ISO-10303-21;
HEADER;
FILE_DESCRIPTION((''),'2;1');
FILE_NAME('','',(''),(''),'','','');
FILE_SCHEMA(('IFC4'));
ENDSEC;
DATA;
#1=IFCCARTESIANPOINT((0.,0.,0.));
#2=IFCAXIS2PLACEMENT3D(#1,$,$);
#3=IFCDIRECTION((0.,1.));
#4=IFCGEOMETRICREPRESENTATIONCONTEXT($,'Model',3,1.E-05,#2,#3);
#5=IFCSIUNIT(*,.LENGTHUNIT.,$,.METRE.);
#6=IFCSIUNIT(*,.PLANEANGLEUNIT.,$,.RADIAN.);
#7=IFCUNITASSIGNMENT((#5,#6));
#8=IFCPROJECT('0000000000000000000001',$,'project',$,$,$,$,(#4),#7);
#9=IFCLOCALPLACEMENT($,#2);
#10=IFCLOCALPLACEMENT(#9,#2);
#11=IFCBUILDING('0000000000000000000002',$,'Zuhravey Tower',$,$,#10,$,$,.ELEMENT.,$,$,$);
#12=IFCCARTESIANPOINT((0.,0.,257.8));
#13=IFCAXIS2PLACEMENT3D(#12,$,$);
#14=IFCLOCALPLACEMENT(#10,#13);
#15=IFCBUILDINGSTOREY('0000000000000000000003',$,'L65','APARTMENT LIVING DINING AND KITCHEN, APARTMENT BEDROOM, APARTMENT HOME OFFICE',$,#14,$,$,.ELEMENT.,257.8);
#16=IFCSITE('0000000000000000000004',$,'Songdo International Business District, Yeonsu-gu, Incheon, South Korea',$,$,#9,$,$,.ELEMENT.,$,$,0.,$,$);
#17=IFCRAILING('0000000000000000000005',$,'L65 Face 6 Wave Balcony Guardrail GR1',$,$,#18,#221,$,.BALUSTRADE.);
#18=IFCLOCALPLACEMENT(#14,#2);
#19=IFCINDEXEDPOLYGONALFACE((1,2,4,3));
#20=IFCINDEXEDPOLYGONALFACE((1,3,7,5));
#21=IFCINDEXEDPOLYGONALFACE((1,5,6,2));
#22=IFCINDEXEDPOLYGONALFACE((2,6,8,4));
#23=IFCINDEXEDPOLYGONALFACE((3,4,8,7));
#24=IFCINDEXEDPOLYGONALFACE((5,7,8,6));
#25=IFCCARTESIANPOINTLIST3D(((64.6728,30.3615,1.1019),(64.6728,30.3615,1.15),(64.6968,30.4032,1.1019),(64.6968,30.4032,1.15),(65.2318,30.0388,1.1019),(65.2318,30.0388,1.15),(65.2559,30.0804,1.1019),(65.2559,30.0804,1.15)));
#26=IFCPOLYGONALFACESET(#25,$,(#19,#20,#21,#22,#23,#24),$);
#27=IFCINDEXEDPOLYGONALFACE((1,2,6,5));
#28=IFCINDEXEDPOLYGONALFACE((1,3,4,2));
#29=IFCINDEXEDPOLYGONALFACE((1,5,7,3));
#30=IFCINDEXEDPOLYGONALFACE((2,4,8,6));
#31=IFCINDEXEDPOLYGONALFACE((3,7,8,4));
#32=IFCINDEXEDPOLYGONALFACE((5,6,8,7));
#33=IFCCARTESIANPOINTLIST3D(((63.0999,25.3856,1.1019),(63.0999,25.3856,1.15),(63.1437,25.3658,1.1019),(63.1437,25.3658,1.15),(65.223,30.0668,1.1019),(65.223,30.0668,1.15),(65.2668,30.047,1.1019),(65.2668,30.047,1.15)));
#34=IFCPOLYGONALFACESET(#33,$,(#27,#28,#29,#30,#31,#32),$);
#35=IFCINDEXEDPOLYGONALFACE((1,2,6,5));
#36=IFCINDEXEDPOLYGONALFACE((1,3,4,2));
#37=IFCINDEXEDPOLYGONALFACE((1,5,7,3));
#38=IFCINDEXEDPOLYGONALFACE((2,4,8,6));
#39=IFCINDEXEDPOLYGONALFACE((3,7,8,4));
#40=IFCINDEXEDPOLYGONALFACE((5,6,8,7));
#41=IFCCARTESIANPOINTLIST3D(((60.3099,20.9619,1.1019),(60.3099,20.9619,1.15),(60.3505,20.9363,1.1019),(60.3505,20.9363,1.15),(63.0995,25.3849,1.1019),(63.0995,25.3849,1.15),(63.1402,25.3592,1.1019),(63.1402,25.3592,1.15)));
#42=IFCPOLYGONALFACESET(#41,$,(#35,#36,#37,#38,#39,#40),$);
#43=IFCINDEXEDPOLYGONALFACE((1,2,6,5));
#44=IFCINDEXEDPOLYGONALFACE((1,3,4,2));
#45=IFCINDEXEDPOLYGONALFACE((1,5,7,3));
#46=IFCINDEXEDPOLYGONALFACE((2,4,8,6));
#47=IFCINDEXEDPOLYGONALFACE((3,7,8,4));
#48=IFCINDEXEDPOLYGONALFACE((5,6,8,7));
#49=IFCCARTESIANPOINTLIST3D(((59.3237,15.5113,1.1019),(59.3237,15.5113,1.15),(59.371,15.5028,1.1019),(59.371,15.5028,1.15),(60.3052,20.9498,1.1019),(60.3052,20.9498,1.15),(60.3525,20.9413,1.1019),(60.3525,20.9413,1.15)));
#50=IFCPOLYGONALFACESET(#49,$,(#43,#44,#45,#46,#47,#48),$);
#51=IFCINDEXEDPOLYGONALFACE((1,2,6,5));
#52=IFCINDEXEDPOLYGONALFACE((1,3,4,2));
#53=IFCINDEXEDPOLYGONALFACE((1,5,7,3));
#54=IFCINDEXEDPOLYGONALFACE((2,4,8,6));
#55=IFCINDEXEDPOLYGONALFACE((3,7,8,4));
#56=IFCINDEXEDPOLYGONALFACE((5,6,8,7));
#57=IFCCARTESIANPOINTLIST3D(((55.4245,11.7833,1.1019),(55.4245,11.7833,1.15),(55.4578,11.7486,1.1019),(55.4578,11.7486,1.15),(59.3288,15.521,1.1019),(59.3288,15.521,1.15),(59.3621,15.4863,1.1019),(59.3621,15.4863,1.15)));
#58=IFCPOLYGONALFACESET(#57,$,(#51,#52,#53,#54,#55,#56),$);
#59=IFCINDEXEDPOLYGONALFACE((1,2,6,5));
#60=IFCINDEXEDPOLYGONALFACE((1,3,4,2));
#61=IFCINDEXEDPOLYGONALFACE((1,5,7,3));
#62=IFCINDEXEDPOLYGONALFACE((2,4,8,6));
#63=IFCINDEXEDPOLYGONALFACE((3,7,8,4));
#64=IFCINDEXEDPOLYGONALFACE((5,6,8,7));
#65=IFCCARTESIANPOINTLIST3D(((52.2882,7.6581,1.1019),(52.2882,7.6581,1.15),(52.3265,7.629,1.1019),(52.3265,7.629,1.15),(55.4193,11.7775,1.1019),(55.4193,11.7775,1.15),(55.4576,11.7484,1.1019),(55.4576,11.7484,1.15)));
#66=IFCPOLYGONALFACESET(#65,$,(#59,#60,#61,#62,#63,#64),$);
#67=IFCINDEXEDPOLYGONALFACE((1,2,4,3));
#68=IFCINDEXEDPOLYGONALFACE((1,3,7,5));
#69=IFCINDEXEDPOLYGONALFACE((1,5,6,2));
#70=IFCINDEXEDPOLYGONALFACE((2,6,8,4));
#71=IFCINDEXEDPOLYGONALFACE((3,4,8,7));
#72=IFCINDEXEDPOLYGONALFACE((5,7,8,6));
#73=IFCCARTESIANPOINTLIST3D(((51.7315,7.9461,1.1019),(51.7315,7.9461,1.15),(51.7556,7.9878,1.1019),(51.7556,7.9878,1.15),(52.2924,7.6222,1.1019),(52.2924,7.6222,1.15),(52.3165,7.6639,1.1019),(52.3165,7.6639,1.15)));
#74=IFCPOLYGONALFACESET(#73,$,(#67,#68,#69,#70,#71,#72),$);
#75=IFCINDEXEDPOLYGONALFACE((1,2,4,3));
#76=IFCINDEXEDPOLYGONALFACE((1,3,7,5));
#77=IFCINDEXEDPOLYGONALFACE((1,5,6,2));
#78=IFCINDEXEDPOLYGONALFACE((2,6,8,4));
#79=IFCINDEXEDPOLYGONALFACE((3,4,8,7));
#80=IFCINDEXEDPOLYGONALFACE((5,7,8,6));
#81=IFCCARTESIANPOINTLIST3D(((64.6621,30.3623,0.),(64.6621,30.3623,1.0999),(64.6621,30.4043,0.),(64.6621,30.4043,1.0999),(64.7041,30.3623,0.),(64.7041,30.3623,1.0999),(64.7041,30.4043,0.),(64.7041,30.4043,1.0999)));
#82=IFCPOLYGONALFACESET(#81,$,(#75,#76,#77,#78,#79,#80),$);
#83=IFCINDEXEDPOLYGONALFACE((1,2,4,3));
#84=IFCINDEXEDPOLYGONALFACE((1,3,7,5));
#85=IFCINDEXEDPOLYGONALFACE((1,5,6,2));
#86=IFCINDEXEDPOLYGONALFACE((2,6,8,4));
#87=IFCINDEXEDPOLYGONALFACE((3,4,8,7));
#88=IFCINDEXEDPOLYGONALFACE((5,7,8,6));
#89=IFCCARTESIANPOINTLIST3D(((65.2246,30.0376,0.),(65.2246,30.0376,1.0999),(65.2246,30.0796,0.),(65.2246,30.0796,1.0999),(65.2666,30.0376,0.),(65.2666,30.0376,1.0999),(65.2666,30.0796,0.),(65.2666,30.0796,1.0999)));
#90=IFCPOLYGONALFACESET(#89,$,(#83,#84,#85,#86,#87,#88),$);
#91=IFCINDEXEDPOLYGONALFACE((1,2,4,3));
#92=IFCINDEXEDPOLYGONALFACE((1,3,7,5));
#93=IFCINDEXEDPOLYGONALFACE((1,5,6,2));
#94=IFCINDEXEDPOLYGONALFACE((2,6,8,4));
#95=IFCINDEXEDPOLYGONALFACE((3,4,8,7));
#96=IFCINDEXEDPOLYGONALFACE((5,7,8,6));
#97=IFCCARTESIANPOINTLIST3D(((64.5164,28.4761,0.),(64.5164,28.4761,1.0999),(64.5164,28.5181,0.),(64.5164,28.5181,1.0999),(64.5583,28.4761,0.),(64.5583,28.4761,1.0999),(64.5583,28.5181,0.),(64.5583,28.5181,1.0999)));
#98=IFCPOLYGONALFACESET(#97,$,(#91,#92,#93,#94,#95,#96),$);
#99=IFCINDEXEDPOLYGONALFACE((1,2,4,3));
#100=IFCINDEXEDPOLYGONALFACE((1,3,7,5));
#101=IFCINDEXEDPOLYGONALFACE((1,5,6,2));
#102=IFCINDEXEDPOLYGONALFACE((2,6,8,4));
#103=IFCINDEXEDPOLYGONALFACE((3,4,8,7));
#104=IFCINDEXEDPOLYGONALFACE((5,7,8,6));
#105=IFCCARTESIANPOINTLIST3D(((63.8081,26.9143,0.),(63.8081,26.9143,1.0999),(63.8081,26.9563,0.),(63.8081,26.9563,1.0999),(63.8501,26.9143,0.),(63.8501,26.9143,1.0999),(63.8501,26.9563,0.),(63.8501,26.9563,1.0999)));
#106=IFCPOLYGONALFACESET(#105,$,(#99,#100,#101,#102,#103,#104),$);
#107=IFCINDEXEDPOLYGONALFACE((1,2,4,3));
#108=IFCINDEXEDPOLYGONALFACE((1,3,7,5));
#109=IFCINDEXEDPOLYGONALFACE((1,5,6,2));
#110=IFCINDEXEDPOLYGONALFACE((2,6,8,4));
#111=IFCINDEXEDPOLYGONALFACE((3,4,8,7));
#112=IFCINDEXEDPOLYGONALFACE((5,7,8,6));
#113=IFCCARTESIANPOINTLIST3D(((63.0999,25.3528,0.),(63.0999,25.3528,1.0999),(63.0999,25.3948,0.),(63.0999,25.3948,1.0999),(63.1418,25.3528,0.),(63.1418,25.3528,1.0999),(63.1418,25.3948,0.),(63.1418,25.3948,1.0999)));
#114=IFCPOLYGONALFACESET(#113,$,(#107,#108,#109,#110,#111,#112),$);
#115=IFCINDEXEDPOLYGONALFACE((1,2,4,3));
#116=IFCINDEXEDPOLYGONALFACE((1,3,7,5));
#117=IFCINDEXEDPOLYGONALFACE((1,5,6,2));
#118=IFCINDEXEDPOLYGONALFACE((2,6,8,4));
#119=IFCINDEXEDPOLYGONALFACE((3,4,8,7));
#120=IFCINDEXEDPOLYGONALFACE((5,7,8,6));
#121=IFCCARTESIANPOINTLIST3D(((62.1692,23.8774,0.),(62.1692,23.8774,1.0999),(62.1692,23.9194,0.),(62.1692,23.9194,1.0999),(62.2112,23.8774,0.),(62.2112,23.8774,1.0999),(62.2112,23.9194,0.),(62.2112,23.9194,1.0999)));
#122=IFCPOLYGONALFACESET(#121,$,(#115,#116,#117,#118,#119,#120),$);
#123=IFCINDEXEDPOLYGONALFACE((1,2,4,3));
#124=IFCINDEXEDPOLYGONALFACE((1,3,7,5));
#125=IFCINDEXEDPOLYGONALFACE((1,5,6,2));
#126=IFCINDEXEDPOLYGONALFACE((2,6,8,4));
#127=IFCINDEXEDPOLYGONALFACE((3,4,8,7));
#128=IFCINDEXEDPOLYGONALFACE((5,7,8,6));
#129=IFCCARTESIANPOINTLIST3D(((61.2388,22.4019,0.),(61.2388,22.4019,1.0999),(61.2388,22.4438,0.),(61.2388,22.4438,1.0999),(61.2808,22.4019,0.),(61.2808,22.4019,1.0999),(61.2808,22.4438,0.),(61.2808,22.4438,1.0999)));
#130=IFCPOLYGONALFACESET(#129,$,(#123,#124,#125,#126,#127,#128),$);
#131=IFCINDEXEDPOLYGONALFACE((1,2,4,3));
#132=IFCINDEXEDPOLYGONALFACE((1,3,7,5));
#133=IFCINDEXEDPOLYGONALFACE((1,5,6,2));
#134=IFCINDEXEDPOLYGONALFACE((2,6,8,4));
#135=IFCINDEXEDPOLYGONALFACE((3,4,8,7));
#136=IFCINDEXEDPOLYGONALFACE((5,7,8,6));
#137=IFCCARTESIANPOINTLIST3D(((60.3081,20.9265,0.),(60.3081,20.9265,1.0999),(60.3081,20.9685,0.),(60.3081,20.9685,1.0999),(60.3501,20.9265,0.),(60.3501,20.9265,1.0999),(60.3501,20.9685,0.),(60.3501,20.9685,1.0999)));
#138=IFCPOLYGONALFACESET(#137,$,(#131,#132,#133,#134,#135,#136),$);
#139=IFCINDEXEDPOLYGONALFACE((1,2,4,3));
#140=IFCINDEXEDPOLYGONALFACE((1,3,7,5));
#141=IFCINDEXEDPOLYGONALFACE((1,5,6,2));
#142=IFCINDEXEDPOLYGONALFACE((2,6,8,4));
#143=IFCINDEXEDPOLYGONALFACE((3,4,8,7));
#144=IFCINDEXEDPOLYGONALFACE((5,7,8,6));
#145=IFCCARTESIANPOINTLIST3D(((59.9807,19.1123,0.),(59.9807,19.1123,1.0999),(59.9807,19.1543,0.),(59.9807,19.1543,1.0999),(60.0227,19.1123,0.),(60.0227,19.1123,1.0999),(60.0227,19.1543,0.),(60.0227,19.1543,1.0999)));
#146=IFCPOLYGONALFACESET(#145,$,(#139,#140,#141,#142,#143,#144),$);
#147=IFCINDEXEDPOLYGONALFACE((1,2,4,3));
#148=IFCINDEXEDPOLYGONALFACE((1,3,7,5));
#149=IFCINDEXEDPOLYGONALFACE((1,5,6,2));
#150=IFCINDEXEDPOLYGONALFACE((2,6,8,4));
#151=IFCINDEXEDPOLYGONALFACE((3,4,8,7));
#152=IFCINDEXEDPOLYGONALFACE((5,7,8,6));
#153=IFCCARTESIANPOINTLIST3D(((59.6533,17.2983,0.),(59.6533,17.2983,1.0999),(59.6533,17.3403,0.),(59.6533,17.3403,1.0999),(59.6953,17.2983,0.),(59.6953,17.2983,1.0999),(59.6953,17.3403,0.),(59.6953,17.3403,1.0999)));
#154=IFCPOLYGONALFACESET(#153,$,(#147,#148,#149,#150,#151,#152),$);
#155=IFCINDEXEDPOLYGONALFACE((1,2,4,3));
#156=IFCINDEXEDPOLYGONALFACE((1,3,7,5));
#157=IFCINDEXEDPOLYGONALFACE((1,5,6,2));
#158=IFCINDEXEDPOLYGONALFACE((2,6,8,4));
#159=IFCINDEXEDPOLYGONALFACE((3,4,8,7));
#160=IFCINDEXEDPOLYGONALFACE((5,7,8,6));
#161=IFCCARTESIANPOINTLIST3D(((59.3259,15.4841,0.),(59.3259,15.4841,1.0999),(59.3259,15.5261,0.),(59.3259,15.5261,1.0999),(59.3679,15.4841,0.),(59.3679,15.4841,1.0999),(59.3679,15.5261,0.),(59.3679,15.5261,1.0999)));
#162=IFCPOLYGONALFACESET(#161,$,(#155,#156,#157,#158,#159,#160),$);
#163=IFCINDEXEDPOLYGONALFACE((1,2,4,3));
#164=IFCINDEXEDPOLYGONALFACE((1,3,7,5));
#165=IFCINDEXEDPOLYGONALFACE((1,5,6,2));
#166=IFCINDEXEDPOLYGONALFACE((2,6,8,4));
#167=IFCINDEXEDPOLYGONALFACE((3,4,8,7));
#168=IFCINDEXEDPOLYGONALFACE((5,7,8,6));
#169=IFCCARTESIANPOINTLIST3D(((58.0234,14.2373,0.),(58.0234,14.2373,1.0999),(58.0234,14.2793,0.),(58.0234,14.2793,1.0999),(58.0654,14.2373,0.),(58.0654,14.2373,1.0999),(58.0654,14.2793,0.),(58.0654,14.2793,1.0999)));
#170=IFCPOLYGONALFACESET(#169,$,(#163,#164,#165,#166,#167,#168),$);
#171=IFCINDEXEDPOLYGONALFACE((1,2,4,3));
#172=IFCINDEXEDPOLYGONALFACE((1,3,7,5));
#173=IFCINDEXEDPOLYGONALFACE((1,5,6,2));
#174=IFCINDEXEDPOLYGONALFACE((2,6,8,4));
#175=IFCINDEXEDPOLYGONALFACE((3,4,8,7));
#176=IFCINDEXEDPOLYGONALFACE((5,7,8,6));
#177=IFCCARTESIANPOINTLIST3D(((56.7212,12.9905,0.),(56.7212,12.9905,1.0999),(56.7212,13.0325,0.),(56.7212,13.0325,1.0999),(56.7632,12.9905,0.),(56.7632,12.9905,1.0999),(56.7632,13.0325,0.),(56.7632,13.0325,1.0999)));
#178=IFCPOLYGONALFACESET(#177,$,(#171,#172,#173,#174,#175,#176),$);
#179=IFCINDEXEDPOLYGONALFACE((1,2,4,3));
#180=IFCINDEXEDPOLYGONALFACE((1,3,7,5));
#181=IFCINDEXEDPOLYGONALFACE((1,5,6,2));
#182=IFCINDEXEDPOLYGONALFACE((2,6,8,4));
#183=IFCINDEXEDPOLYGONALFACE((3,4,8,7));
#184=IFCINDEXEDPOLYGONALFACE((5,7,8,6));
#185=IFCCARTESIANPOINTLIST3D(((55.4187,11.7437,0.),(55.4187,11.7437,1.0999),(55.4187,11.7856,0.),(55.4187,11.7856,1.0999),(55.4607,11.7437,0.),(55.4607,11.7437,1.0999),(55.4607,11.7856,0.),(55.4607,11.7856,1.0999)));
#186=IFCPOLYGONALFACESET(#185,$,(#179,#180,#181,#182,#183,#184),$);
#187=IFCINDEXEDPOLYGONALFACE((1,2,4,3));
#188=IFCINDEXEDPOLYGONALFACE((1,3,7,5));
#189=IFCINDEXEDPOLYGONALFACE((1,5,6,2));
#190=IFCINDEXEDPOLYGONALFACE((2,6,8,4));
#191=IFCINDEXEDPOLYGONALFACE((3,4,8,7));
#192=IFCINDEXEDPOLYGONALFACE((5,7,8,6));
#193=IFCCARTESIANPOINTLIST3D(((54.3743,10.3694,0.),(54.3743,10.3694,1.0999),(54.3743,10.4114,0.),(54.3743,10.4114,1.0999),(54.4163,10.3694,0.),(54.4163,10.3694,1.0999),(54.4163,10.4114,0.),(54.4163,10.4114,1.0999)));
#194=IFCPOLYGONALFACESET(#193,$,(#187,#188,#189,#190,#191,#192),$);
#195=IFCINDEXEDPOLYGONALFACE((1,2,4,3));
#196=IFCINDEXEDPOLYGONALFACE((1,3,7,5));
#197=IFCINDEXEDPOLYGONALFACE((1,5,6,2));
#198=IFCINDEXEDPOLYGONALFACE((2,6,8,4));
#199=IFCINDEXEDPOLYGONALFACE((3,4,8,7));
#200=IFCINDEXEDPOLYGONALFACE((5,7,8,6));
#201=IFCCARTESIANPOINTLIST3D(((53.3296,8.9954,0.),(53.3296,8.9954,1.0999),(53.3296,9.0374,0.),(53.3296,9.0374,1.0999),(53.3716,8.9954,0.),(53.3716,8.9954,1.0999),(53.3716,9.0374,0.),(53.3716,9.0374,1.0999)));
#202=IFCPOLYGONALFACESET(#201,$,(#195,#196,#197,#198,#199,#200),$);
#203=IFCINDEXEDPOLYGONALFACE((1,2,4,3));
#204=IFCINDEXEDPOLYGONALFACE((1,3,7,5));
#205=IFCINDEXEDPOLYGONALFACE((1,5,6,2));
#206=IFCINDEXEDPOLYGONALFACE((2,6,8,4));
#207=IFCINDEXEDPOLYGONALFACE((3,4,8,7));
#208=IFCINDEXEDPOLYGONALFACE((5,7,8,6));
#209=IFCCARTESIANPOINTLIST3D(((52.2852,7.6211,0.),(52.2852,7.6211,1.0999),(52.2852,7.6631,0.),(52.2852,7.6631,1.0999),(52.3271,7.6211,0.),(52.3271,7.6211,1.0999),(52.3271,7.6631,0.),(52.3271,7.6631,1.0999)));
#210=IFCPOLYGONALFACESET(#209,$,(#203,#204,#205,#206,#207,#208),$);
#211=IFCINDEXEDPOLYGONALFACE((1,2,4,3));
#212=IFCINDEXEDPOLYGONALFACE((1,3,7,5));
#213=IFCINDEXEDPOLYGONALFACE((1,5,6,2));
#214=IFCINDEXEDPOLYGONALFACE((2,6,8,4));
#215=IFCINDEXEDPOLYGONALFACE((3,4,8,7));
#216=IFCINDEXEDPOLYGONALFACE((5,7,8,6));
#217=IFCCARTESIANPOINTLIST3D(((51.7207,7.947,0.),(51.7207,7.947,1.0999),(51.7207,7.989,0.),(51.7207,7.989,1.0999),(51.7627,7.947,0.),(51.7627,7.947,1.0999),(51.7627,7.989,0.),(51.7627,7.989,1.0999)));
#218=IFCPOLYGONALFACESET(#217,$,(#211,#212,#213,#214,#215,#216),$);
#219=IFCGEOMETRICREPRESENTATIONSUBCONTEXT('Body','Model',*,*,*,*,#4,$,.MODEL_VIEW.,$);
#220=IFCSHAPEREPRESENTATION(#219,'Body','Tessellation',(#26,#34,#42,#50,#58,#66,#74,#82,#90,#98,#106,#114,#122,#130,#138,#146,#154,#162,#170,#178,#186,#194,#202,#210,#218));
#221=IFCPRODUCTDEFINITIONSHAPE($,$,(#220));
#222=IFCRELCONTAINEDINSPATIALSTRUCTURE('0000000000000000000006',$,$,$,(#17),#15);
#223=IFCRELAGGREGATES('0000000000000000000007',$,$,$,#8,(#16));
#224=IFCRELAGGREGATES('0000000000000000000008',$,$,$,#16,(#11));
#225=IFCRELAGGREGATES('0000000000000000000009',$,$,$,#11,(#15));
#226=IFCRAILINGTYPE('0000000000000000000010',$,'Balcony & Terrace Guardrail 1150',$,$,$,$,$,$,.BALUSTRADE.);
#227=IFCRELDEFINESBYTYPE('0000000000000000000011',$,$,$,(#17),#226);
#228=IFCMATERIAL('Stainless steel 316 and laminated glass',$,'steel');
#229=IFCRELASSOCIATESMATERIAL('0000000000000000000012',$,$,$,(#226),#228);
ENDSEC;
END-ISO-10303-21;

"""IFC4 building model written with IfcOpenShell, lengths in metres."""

from ifc_helpers import new_model, si_unit, direction, frame, origin, origin_2d, place, context, subcontext, project, spatial, rectangle, extrude, material, type_object, element, save


model = new_model("IFC4")

# Units and contexts
model_context = context("Model", 3, precision=1e-05, world=origin(), true_north=direction((0.0, 1.0)))
body_context = subcontext(model_context, "Body", "Model", "MODEL_VIEW")
ifc_project = project(units=[si_unit("LENGTHUNIT", "METRE"), si_unit("PLANEANGLEUNIT", "RADIAN")], contexts=[model_context])

# Site, building, storey
site_placement = place(None, origin())
site = spatial("IfcSite", under=ifc_project, at=site_placement, Name="Songdo International Business District, Yeonsu-gu, Incheon, South Korea", CompositionType="ELEMENT", RefElevation=0.0)
building_placement = place(site_placement, origin())
building = spatial("IfcBuilding", under=site, at=building_placement, Name="Zuhravey Tower", CompositionType="ELEMENT")
storey_placement = place(building_placement, frame((0.0, 0.0, 257.8)))
storey = spatial("IfcBuildingStorey", under=building, at=storey_placement, Name="L65", Description="APARTMENT LIVING DINING AND KITCHEN, APARTMENT BEDROOM, APARTMENT HOME OFFICE", CompositionType="ELEMENT", Elevation=257.8)

# Railing
ifc_material_1 = material(Name="Stainless steel 316 and laminated glass", Category="steel")
railing_type = type_object("IfcRailingType", Name="Balcony & Terrace Guardrail 1150", PredefinedType="BALUSTRADE", material=ifc_material_1)
railing_placement = place(storey_placement, frame((64.6831, 30.3833, 0.0)))
element("IfcRailing", 1, at=railing_placement, inside=storey, type_object=railing_type, Name="L65 Face 6 Wave Balcony Guardrail GR1", PredefinedType="BALUSTRADE", context=body_context, shape_type="SweptSolid", body=[
    extrude(rectangle(XDim=0.0481, YDim=0.0481, at=origin_2d()), frame((0.0017, -0.001, 1.126), z_axis=(0.86606, -0.499939, 0.0), x_axis=(0.499939, 0.86606, 0.0)), (0.0, 0.0, 1.0), 0.6455),
    extrude(rectangle(XDim=0.0481, YDim=0.0481, at=origin_2d()), frame((0.5618, -0.3264, 1.126), z_axis=(-0.413045, -0.910711, 0.0), x_axis=(0.910711, -0.413045, 0.0)), (0.0, 0.0, 1.0), 5.1401),
    extrude(rectangle(XDim=0.0481, YDim=0.0481, at=origin_2d()), frame((-1.5632, -5.0112, 1.126), z_axis=(-0.533475, -0.845816, 0.0), x_axis=(0.845816, -0.533475, 0.0)), (0.0, 0.0, 1.0), 5.2292),
    extrude(rectangle(XDim=0.0481, YDim=0.0481, at=origin_2d()), frame((-4.3542, -9.4377, 1.126), z_axis=(-0.177599, -0.984103, 0.0), x_axis=(0.984103, -0.177599, 0.0)), (0.0, 0.0, 1.0), 5.5264),
    extrude(rectangle(XDim=0.0481, YDim=0.0481, at=origin_2d()), frame((-5.3376, -14.8796, 1.126), z_axis=(-0.722353, -0.691525, 0.0), x_axis=(0.691525, -0.722353, 0.0)), (0.0, 0.0, 1.0), 5.405),
    extrude(rectangle(XDim=0.0481, YDim=0.0481, at=origin_2d()), frame((-9.2446, -18.6204, 1.126), z_axis=(-0.605132, -0.796125, 0.0), x_axis=(0.796125, -0.605132, 0.0)), (0.0, 0.0, 1.0), 5.1743),
    extrude(rectangle(XDim=0.0481, YDim=0.0481, at=origin_2d()), frame((-12.3787, -22.7402, 1.126), z_axis=(-0.865998, 0.500047, 0.0), x_axis=(-0.500047, -0.865998, 0.0)), (0.0, 0.0, 1.0), 0.6477),
    extrude(rectangle(XDim=0.042, YDim=0.042, at=origin_2d()), origin(), (0.0, 0.0, 1.0), 1.0999),
    extrude(rectangle(XDim=0.042, YDim=0.042, at=origin_2d()), frame((0.5625, -0.3247, 0.0)), (0.0, 0.0, 1.0), 1.0999),
    extrude(rectangle(XDim=0.042, YDim=0.042, at=origin_2d()), frame((-0.1458, -1.8862, 0.0)), (0.0, 0.0, 1.0), 1.0999),
    extrude(rectangle(XDim=0.042, YDim=0.042, at=origin_2d()), frame((-0.854, -3.448, 0.0)), (0.0, 0.0, 1.0), 1.0999),
    extrude(rectangle(XDim=0.042, YDim=0.042, at=origin_2d()), frame((-1.5623, -5.0095, 0.0)), (0.0, 0.0, 1.0), 1.0999),
    extrude(rectangle(XDim=0.042, YDim=0.042, at=origin_2d()), frame((-2.4929, -6.4849, 0.0)), (0.0, 0.0, 1.0), 1.0999),
    extrude(rectangle(XDim=0.042, YDim=0.042, at=origin_2d()), frame((-3.4233, -7.9604, 0.0)), (0.0, 0.0, 1.0), 1.0999),
    extrude(rectangle(XDim=0.042, YDim=0.042, at=origin_2d()), frame((-4.354, -9.4358, 0.0)), (0.0, 0.0, 1.0), 1.0999),
    extrude(rectangle(XDim=0.042, YDim=0.042, at=origin_2d()), frame((-4.6814, -11.25, 0.0)), (0.0, 0.0, 1.0), 1.0999),
    extrude(rectangle(XDim=0.042, YDim=0.042, at=origin_2d()), frame((-5.0088, -13.064, 0.0)), (0.0, 0.0, 1.0), 1.0999),
    extrude(rectangle(XDim=0.042, YDim=0.042, at=origin_2d()), frame((-5.3362, -14.8782, 0.0)), (0.0, 0.0, 1.0), 1.0999),
    extrude(rectangle(XDim=0.042, YDim=0.042, at=origin_2d()), frame((-6.6387, -16.125, 0.0)), (0.0, 0.0, 1.0), 1.0999),
    extrude(rectangle(XDim=0.042, YDim=0.042, at=origin_2d()), frame((-7.9409, -17.3718, 0.0)), (0.0, 0.0, 1.0), 1.0999),
    extrude(rectangle(XDim=0.042, YDim=0.042, at=origin_2d()), frame((-9.2434, -18.6187, 0.0)), (0.0, 0.0, 1.0), 1.0999),
    extrude(rectangle(XDim=0.042, YDim=0.042, at=origin_2d()), frame((-10.2878, -19.9929, 0.0)), (0.0, 0.0, 1.0), 1.0999),
    extrude(rectangle(XDim=0.042, YDim=0.042, at=origin_2d()), frame((-11.3325, -21.3669, 0.0)), (0.0, 0.0, 1.0), 1.0999),
    extrude(rectangle(XDim=0.042, YDim=0.042, at=origin_2d()), frame((-12.377, -22.7412, 0.0)), (0.0, 0.0, 1.0), 1.0999),
    extrude(rectangle(XDim=0.042, YDim=0.042, at=origin_2d()), frame((-12.9414, -22.4153, 0.0)), (0.0, 0.0, 1.0), 1.0999),
])

save(model, "model.ifc")
